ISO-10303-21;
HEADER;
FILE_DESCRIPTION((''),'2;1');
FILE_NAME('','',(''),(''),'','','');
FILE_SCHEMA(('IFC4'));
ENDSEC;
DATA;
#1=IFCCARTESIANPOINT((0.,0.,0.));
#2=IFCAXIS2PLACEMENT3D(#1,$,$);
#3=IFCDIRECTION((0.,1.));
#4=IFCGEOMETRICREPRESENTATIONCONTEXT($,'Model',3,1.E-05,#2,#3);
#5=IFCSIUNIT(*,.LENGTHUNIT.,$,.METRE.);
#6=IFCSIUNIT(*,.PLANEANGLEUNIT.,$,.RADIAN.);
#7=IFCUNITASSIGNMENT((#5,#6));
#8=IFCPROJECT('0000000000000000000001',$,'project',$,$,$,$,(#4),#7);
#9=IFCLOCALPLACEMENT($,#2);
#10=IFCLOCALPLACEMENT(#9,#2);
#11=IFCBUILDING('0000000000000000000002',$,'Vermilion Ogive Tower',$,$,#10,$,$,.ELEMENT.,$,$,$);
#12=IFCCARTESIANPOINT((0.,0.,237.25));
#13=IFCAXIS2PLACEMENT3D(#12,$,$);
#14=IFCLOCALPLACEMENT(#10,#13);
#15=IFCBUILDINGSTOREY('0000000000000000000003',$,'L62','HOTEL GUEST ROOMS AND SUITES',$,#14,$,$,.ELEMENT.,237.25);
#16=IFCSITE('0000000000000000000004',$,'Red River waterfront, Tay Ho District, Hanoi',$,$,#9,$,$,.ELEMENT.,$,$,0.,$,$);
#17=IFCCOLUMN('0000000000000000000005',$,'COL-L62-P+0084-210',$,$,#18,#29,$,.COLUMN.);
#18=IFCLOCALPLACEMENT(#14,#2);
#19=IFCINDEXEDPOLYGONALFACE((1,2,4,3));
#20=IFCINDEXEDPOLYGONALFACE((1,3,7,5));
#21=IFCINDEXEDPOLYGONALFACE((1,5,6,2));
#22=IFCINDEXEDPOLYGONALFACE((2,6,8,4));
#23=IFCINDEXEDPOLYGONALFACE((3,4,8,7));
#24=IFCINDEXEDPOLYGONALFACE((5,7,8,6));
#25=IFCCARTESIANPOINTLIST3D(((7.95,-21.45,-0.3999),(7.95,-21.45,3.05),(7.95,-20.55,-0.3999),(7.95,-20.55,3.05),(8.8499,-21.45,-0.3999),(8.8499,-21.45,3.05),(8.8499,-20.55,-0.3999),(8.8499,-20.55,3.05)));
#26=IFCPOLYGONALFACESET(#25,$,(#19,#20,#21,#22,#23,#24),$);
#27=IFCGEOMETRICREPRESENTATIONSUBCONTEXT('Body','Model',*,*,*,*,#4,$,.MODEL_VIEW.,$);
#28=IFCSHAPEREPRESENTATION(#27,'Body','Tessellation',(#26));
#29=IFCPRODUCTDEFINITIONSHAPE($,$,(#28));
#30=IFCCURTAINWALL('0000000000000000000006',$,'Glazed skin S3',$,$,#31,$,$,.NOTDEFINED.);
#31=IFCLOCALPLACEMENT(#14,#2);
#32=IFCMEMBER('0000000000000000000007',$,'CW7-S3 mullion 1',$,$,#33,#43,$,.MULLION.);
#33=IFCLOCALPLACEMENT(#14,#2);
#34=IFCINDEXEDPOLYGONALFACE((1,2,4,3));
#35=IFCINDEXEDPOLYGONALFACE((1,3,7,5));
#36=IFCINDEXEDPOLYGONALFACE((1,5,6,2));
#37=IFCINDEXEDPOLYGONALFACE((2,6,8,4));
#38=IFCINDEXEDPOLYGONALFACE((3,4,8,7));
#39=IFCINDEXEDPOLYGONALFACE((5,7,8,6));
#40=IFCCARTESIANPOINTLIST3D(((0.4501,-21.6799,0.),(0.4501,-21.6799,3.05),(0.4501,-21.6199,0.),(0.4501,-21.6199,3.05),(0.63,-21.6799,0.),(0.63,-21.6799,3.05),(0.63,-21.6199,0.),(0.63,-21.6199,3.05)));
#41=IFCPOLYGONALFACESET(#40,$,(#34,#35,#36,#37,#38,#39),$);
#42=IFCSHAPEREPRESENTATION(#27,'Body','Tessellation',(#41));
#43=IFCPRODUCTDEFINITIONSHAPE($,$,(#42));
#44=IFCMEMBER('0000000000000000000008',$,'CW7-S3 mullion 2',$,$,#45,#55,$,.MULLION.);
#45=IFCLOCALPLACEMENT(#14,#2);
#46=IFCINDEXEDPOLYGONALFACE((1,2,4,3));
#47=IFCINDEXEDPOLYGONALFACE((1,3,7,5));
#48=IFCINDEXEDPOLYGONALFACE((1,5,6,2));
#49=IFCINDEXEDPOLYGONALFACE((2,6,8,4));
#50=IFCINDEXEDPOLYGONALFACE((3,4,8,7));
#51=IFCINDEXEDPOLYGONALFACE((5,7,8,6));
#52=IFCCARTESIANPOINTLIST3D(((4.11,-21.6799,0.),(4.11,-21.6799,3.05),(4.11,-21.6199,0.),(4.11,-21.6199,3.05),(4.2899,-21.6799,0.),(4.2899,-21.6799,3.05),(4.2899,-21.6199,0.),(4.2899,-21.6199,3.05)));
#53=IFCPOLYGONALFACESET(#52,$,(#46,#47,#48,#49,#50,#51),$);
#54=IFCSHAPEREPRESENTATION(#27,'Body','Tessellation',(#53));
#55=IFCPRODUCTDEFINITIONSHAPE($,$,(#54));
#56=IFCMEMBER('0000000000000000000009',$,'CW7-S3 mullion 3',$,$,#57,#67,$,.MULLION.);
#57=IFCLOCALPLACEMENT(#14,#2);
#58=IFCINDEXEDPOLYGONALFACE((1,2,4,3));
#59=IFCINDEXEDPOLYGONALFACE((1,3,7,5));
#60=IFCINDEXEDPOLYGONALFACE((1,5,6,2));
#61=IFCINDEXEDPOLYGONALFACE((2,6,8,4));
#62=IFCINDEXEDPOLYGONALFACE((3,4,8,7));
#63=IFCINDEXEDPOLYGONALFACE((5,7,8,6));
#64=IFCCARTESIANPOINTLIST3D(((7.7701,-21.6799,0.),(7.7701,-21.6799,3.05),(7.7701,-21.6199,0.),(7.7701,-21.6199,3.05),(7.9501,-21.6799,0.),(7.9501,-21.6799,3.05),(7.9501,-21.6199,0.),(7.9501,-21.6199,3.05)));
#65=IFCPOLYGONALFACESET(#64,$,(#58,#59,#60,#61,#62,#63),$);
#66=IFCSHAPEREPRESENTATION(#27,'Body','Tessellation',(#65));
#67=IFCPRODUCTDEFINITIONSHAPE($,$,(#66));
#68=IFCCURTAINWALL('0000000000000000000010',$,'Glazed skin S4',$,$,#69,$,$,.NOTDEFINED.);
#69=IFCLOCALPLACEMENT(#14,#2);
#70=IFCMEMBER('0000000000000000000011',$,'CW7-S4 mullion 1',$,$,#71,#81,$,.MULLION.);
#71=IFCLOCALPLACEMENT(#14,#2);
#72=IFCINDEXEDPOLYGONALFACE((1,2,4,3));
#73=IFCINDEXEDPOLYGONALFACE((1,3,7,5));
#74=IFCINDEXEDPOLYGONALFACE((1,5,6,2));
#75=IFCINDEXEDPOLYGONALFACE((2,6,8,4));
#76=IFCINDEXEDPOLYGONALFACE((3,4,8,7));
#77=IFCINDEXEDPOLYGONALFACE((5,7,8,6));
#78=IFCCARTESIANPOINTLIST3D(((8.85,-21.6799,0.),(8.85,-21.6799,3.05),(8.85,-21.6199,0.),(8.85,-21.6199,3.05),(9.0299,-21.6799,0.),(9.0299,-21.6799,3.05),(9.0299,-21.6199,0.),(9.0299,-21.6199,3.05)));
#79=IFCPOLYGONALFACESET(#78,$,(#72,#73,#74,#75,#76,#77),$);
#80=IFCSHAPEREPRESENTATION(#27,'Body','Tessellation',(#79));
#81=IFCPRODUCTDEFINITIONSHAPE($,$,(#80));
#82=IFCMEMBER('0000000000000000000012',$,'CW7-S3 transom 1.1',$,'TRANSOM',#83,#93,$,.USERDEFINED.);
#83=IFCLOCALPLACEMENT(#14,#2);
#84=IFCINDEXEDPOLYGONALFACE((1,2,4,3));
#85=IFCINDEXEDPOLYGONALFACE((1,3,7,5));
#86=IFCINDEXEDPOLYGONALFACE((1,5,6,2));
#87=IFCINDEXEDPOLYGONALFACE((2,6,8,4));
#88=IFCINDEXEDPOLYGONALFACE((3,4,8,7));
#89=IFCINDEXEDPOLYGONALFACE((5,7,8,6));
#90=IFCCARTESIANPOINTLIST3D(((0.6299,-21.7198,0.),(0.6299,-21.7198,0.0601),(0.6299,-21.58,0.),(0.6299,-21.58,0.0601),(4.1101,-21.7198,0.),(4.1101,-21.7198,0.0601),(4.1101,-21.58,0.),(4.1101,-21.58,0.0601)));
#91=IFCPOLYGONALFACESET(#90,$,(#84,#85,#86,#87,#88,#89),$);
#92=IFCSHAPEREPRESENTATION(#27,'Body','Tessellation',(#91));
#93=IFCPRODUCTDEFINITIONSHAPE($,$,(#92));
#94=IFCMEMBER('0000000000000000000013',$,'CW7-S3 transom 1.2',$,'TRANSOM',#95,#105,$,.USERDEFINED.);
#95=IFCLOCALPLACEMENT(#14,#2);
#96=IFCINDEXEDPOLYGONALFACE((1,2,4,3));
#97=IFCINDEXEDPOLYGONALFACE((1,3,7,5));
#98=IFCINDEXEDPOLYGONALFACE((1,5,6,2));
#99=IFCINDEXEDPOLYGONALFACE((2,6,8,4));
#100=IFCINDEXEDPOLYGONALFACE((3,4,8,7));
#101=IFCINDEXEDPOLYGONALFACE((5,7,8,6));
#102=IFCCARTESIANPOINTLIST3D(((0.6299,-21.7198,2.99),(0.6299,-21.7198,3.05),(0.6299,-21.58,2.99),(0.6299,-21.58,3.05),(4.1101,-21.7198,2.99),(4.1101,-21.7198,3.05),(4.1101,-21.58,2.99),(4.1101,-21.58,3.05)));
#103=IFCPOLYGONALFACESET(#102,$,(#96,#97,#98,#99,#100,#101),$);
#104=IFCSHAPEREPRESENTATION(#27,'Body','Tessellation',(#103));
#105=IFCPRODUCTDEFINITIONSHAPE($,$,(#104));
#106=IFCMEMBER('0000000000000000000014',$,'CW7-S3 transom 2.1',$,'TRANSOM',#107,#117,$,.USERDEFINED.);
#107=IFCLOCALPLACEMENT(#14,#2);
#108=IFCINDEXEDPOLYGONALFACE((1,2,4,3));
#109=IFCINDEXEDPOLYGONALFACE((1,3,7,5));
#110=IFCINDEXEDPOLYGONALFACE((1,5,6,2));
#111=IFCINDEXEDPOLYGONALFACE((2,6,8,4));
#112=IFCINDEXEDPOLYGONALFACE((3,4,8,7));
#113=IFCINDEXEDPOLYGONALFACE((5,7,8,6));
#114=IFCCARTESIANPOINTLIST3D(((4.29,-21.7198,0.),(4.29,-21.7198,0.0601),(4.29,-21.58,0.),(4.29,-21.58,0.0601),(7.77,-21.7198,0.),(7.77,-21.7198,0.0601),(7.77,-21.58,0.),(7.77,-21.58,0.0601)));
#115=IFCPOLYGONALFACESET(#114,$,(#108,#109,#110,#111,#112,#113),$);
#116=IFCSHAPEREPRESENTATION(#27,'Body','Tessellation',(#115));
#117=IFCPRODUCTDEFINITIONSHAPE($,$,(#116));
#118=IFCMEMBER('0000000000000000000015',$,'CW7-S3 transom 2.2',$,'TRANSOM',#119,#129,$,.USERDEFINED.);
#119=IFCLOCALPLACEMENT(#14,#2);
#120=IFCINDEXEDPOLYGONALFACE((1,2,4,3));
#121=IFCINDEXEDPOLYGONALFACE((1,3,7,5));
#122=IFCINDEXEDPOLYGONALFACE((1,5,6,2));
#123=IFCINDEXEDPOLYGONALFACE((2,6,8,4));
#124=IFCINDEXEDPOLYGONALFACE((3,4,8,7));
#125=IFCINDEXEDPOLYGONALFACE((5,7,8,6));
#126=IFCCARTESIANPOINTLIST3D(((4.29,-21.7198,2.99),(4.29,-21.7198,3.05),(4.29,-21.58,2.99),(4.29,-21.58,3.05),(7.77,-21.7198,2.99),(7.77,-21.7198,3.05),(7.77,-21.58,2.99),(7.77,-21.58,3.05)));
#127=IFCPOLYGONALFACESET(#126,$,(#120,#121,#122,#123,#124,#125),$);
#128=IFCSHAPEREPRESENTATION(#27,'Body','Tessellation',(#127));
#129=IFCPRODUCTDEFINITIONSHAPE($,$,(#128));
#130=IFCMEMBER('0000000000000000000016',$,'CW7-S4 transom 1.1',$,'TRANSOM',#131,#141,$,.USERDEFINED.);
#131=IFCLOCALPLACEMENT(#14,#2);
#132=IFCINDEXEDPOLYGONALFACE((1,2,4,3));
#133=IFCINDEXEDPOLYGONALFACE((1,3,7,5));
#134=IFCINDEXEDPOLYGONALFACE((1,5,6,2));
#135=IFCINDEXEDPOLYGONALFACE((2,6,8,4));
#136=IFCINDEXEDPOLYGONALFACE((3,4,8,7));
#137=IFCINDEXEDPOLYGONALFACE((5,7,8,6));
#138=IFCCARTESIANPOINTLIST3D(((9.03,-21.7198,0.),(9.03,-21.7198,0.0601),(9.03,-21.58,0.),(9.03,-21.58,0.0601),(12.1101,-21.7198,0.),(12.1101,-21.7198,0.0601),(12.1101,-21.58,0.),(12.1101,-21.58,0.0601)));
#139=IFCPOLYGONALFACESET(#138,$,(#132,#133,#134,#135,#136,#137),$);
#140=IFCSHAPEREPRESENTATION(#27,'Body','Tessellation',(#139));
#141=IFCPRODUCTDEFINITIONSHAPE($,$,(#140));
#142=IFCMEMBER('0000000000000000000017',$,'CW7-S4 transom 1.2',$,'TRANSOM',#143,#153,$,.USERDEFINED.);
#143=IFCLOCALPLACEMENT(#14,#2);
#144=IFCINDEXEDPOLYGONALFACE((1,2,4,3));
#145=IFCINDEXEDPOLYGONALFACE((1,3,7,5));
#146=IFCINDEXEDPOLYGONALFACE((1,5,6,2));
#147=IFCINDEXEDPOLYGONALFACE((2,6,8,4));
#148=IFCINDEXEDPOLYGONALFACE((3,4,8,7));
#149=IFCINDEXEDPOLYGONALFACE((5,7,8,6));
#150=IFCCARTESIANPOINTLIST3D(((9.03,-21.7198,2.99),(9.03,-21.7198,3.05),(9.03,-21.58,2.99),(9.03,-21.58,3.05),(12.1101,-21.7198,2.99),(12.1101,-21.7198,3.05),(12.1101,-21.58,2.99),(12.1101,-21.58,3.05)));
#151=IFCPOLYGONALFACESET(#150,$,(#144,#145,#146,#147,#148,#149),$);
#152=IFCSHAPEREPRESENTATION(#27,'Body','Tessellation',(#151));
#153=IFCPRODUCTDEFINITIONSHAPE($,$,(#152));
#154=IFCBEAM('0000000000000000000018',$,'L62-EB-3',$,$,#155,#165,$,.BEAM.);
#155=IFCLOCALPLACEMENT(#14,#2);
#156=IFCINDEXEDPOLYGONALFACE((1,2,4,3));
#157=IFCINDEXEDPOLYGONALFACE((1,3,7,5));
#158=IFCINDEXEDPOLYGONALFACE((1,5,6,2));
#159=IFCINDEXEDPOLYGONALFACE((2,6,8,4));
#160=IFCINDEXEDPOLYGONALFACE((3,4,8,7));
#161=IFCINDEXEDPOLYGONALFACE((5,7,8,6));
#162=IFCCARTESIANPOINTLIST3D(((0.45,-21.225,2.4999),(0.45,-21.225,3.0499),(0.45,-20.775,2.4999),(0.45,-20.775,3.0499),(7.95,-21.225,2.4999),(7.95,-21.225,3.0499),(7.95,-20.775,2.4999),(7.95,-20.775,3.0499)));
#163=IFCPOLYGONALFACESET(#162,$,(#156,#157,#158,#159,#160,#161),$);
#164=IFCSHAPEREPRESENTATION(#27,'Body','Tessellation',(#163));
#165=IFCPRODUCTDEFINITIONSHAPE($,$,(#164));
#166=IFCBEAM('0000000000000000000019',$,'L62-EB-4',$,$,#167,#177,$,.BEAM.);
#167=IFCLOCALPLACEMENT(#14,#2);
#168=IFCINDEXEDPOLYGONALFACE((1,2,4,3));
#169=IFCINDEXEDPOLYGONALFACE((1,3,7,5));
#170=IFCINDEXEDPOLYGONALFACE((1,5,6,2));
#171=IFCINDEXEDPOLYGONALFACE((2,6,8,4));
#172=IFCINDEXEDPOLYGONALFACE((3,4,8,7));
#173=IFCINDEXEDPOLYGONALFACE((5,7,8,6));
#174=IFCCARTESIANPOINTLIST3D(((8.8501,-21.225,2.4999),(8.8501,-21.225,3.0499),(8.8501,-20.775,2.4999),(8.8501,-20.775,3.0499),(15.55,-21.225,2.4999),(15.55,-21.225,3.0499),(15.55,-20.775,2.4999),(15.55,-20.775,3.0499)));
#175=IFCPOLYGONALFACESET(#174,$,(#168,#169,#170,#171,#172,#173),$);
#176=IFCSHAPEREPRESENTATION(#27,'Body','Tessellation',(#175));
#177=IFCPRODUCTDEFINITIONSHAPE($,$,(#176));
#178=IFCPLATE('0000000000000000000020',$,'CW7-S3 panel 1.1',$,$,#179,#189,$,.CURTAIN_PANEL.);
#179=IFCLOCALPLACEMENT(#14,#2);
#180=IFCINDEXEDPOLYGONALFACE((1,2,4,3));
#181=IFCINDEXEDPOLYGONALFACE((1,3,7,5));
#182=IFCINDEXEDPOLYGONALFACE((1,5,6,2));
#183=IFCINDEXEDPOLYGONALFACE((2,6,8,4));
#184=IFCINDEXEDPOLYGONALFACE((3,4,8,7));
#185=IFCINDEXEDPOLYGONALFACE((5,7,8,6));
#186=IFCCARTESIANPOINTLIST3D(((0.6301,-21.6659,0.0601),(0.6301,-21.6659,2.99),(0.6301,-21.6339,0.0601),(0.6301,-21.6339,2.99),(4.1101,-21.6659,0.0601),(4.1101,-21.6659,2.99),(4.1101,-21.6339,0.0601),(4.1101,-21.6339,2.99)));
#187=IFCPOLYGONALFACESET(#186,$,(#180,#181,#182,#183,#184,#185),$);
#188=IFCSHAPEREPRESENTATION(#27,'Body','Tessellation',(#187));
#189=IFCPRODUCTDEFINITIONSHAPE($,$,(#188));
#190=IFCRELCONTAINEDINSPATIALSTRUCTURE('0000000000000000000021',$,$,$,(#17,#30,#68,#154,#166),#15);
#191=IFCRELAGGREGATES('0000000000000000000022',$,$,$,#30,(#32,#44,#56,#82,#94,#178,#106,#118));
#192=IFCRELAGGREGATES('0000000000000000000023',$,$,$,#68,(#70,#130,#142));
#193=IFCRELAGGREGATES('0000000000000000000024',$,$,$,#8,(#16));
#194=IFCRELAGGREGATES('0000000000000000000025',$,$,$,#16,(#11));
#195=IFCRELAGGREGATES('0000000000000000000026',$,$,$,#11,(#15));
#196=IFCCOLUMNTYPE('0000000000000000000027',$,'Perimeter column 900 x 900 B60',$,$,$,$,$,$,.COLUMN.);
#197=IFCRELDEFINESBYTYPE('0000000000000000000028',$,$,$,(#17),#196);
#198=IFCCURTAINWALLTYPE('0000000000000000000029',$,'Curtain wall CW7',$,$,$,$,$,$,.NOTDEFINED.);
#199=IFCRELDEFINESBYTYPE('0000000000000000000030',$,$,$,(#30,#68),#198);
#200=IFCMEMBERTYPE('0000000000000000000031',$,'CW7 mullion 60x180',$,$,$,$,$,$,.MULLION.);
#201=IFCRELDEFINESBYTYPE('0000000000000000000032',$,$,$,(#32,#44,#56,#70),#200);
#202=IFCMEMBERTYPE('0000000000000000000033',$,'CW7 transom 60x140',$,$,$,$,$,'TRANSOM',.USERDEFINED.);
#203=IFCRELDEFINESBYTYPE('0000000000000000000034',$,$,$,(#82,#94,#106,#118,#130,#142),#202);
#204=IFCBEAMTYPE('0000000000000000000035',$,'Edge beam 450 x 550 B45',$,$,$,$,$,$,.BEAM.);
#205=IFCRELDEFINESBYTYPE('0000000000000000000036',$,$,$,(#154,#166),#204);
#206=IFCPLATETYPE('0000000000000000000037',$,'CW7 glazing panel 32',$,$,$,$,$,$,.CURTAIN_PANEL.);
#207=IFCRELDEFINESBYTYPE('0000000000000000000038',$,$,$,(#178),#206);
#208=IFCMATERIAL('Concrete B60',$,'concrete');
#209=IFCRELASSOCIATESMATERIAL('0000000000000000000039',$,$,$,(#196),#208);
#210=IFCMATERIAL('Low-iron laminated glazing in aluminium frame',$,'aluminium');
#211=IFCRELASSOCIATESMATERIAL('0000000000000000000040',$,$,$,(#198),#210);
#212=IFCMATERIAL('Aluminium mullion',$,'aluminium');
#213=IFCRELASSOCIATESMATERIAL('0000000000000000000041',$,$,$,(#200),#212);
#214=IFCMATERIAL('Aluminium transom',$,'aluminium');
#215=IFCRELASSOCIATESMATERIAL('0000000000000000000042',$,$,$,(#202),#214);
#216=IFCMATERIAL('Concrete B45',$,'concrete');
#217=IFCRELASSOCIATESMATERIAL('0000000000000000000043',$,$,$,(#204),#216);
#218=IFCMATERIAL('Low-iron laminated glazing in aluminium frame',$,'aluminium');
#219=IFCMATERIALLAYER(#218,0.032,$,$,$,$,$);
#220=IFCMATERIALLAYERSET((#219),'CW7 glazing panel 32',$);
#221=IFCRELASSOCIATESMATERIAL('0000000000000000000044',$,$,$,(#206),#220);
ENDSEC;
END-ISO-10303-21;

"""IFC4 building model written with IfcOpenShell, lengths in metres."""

from ifc_helpers import new_model, si_unit, direction, frame, origin, origin_2d, place, context, subcontext, project, spatial, rectangle, extrude, material, layer, layer_set, material_profile, profile_set, type_object, element, aggregate, save


model = new_model("IFC4")

# Units and contexts
model_context = context("Model", 3, precision=1e-05, world=origin(), true_north=direction((0.0, 1.0)))
body_context = subcontext(model_context, "Body", "Model", "MODEL_VIEW")
ifc_project = project(units=[si_unit("LENGTHUNIT", "METRE"), si_unit("PLANEANGLEUNIT", "RADIAN")], contexts=[model_context])

# Site, building, storey
site_placement = place(None, origin())
site = spatial("IfcSite", under=ifc_project, at=site_placement, Name="Red River waterfront, Tay Ho District, Hanoi", CompositionType="ELEMENT", RefElevation=0.0)
building_placement = place(site_placement, origin())
building = spatial("IfcBuilding", under=site, at=building_placement, Name="Vermilion Ogive Tower", CompositionType="ELEMENT")
storey_placement = place(building_placement, frame((0.0, 0.0, 237.25)))
storey = spatial("IfcBuildingStorey", under=building, at=storey_placement, Name="L62", Description="HOTEL GUEST ROOMS AND SUITES", CompositionType="ELEMENT", Elevation=237.25)

# Column
ifc_material_1 = material(Name="Concrete B60", Category="concrete")
ifc_material_profile_1 = material_profile(ifc_material_1, rectangle(XDim=0.8999, YDim=0.8999, at=origin_2d()), Name="900 x 900")
ifc_profile_set_1 = profile_set([ifc_material_profile_1], Name="Concrete B60")
column_type = type_object("IfcColumnType", Name="Perimeter column 900 x 900 B60", PredefinedType="COLUMN", material=ifc_profile_set_1)
column_placement = place(storey_placement, frame((8.3999, -21.0, -0.3999), z_axis=(0.0, 0.0, 1.0), x_axis=(1.0, 0.0, 0.0)))
element("IfcColumn", 1, at=column_placement, inside=storey, type_object=column_type, Name="COL-L62-P+0084-210", PredefinedType="COLUMN", context=body_context, shape_type="SweptSolid", body=[
    extrude(rectangle(XDim=0.8999, YDim=0.8999, at=origin_2d()), origin(), (0.0, 0.0, 1.0), 3.45),
])

# Curtain wall, members
ifc_material_2 = material(Name="Low-iron laminated glazing in aluminium frame", Category="aluminium")
curtain_wall_type = type_object("IfcCurtainWallType", Name="Curtain wall CW7", PredefinedType="NOTDEFINED", material=ifc_material_2)
curtain_wall_1_placement = place(storey_placement, origin())
curtain_wall_1 = element("IfcCurtainWall", 2, at=curtain_wall_1_placement, inside=storey, type_object=curtain_wall_type, Name="Glazed skin S3", PredefinedType="NOTDEFINED")
ifc_material_3 = material(Name="Aluminium mullion", Category="aluminium")
ifc_material_profile_2 = material_profile(ifc_material_3, rectangle(XDim=0.0601, YDim=0.1799, at=origin_2d()), Name="AL 60x180")
ifc_profile_set_2 = profile_set([ifc_material_profile_2], Name="Aluminium mullion")
member_type_1 = type_object("IfcMemberType", Name="CW7 mullion 60x180", PredefinedType="MULLION", material=ifc_profile_set_2)
member_1_placement = place(storey_placement, frame((0.54, -21.6499, 0.0), z_axis=(0.0, 0.0, 1.0), x_axis=(0.0, 1.0, 0.0)))
member_1 = element("IfcMember", 3, at=member_1_placement, type_object=member_type_1, Name="CW7-S3 mullion 1", PredefinedType="MULLION", context=body_context, shape_type="SweptSolid", body=[
    extrude(rectangle(XDim=0.0601, YDim=0.1799, at=origin_2d()), origin(), (0.0, 0.0, 1.0), 3.05),
])
member_2_placement = place(storey_placement, frame((4.2, -21.6499, 0.0), z_axis=(0.0, 0.0, 1.0), x_axis=(0.0, 1.0, 0.0)))
member_2 = element("IfcMember", 4, at=member_2_placement, type_object=member_type_1, Name="CW7-S3 mullion 2", PredefinedType="MULLION", context=body_context, shape_type="SweptSolid", body=[
    extrude(rectangle(XDim=0.0601, YDim=0.1799, at=origin_2d()), origin(), (0.0, 0.0, 1.0), 3.05),
])
member_3_placement = place(storey_placement, frame((7.8601, -21.6499, 0.0), z_axis=(0.0, 0.0, 1.0), x_axis=(0.0, 1.0, 0.0)))
member_3 = element("IfcMember", 5, at=member_3_placement, type_object=member_type_1, Name="CW7-S3 mullion 3", PredefinedType="MULLION", context=body_context, shape_type="SweptSolid", body=[
    extrude(rectangle(XDim=0.0601, YDim=0.1799, at=origin_2d()), origin(), (0.0, 0.0, 1.0), 3.05),
])

# Curtain wall, member
curtain_wall_2_placement = place(storey_placement, origin())
curtain_wall_2 = element("IfcCurtainWall", 6, at=curtain_wall_2_placement, inside=storey, type_object=curtain_wall_type, Name="Glazed skin S4", PredefinedType="NOTDEFINED")
member_4_placement = place(storey_placement, frame((8.9399, -21.6499, 0.0), z_axis=(0.0, 0.0, 1.0), x_axis=(0.0, 1.0, 0.0)))
member_4 = element("IfcMember", 7, at=member_4_placement, type_object=member_type_1, Name="CW7-S4 mullion 1", PredefinedType="MULLION", context=body_context, shape_type="SweptSolid", body=[
    extrude(rectangle(XDim=0.0601, YDim=0.1799, at=origin_2d()), origin(), (0.0, 0.0, 1.0), 3.05),
])

# Members
ifc_material_4 = material(Name="Aluminium transom", Category="aluminium")
ifc_material_profile_3 = material_profile(ifc_material_4, rectangle(XDim=0.1399, YDim=0.0601, at=origin_2d()), Name="AL 60x140")
ifc_profile_set_3 = profile_set([ifc_material_profile_3], Name="Aluminium transom")
member_type_2 = type_object("IfcMemberType", Name="CW7 transom 60x140", ElementType="TRANSOM", PredefinedType="USERDEFINED", material=ifc_profile_set_3)
member_5_placement = place(storey_placement, frame((0.6299, -21.6499, 0.03), z_axis=(1.0, 0.0, 0.0), x_axis=(0.0, 1.0, 0.0)))
member_5 = element("IfcMember", 8, at=member_5_placement, type_object=member_type_2, Name="CW7-S3 transom 1.1", ObjectType="TRANSOM", PredefinedType="USERDEFINED", context=body_context, shape_type="SweptSolid", body=[
    extrude(rectangle(XDim=0.1399, YDim=0.0601, at=origin_2d()), origin(), (0.0, 0.0, 1.0), 3.4802),
])
member_6_placement = place(storey_placement, frame((0.6299, -21.6499, 3.02), z_axis=(1.0, 0.0, 0.0), x_axis=(0.0, 1.0, 0.0)))
member_6 = element("IfcMember", 9, at=member_6_placement, type_object=member_type_2, Name="CW7-S3 transom 1.2", ObjectType="TRANSOM", PredefinedType="USERDEFINED", context=body_context, shape_type="SweptSolid", body=[
    extrude(rectangle(XDim=0.1399, YDim=0.0601, at=origin_2d()), origin(), (0.0, 0.0, 1.0), 3.4802),
])
member_7_placement = place(storey_placement, frame((4.29, -21.6499, 0.03), z_axis=(1.0, 0.0, 0.0), x_axis=(0.0, 1.0, 0.0)))
member_7 = element("IfcMember", 10, at=member_7_placement, type_object=member_type_2, Name="CW7-S3 transom 2.1", ObjectType="TRANSOM", PredefinedType="USERDEFINED", context=body_context, shape_type="SweptSolid", body=[
    extrude(rectangle(XDim=0.1399, YDim=0.0601, at=origin_2d()), origin(), (0.0, 0.0, 1.0), 3.48),
])
member_8_placement = place(storey_placement, frame((4.29, -21.6499, 3.02), z_axis=(1.0, 0.0, 0.0), x_axis=(0.0, 1.0, 0.0)))
member_8 = element("IfcMember", 11, at=member_8_placement, type_object=member_type_2, Name="CW7-S3 transom 2.2", ObjectType="TRANSOM", PredefinedType="USERDEFINED", context=body_context, shape_type="SweptSolid", body=[
    extrude(rectangle(XDim=0.1399, YDim=0.0601, at=origin_2d()), origin(), (0.0, 0.0, 1.0), 3.48),
])
member_9_placement = place(storey_placement, frame((9.03, -21.6499, 0.03), z_axis=(1.0, 0.0, 0.0), x_axis=(0.0, 1.0, 0.0)))
member_9 = element("IfcMember", 12, at=member_9_placement, type_object=member_type_2, Name="CW7-S4 transom 1.1", ObjectType="TRANSOM", PredefinedType="USERDEFINED", context=body_context, shape_type="SweptSolid", body=[
    extrude(rectangle(XDim=0.1399, YDim=0.0601, at=origin_2d()), origin(), (0.0, 0.0, 1.0), 3.0801),
])
member_10_placement = place(storey_placement, frame((9.03, -21.6499, 3.02), z_axis=(1.0, 0.0, 0.0), x_axis=(0.0, 1.0, 0.0)))
member_10 = element("IfcMember", 13, at=member_10_placement, type_object=member_type_2, Name="CW7-S4 transom 1.2", ObjectType="TRANSOM", PredefinedType="USERDEFINED", context=body_context, shape_type="SweptSolid", body=[
    extrude(rectangle(XDim=0.1399, YDim=0.0601, at=origin_2d()), origin(), (0.0, 0.0, 1.0), 3.0801),
])

# Beams
ifc_material_5 = material(Name="Concrete B45", Category="concrete")
ifc_material_profile_4 = material_profile(ifc_material_5, rectangle(XDim=0.45, YDim=0.55, at=origin_2d()), Name="450 x 550")
ifc_profile_set_4 = profile_set([ifc_material_profile_4], Name="Concrete B45")
beam_type = type_object("IfcBeamType", Name="Edge beam 450 x 550 B45", PredefinedType="BEAM", material=ifc_profile_set_4)
beam_1_placement = place(storey_placement, frame((0.45, -21.0, 2.7749), z_axis=(1.0, 0.0, 0.0), x_axis=(0.0, 1.0, 0.0)))
element("IfcBeam", 14, at=beam_1_placement, inside=storey, type_object=beam_type, Name="L62-EB-3", PredefinedType="BEAM", context=body_context, shape_type="SweptSolid", body=[
    extrude(rectangle(XDim=0.45, YDim=0.55, at=origin_2d()), origin(), (0.0, 0.0, 1.0), 7.5),
])
beam_2_placement = place(storey_placement, frame((8.8501, -21.0, 2.7749), z_axis=(1.0, 0.0, 0.0), x_axis=(0.0, 1.0, 0.0)))
element("IfcBeam", 15, at=beam_2_placement, inside=storey, type_object=beam_type, Name="L62-EB-4", PredefinedType="BEAM", context=body_context, shape_type="SweptSolid", body=[
    extrude(rectangle(XDim=0.45, YDim=0.55, at=origin_2d()), origin(), (0.0, 0.0, 1.0), 6.7),
])

# Plate
ifc_material_6 = material(Name="Low-iron laminated glazing in aluminium frame", Category="aluminium")
ifc_layer_1 = layer(ifc_material_6, 0.032)
ifc_layer_set_1 = layer_set([ifc_layer_1], Name="CW7 glazing panel 32")
plate_type = type_object("IfcPlateType", Name="CW7 glazing panel 32", PredefinedType="CURTAIN_PANEL", material=ifc_layer_set_1)
plate_1_placement = place(storey_placement, frame((2.3701, -21.6499, 0.0601), z_axis=(0.0, 0.0, 1.0), x_axis=(1.0, 0.0, 0.0)))
plate_1 = element("IfcPlate", 16, at=plate_1_placement, type_object=plate_type, Name="CW7-S3 panel 1.1", PredefinedType="CURTAIN_PANEL", context=body_context, shape_type="SweptSolid", body=[
    extrude(rectangle(XDim=3.48, YDim=0.032, at=origin_2d()), origin(), (0.0, 0.0, 1.0), 2.9299),
])
aggregate(curtain_wall_1, [member_1, member_2, member_3, member_5, member_6, plate_1, member_7, member_8])
aggregate(curtain_wall_2, [member_4, member_9, member_10])

save(model, "model.ifc")
